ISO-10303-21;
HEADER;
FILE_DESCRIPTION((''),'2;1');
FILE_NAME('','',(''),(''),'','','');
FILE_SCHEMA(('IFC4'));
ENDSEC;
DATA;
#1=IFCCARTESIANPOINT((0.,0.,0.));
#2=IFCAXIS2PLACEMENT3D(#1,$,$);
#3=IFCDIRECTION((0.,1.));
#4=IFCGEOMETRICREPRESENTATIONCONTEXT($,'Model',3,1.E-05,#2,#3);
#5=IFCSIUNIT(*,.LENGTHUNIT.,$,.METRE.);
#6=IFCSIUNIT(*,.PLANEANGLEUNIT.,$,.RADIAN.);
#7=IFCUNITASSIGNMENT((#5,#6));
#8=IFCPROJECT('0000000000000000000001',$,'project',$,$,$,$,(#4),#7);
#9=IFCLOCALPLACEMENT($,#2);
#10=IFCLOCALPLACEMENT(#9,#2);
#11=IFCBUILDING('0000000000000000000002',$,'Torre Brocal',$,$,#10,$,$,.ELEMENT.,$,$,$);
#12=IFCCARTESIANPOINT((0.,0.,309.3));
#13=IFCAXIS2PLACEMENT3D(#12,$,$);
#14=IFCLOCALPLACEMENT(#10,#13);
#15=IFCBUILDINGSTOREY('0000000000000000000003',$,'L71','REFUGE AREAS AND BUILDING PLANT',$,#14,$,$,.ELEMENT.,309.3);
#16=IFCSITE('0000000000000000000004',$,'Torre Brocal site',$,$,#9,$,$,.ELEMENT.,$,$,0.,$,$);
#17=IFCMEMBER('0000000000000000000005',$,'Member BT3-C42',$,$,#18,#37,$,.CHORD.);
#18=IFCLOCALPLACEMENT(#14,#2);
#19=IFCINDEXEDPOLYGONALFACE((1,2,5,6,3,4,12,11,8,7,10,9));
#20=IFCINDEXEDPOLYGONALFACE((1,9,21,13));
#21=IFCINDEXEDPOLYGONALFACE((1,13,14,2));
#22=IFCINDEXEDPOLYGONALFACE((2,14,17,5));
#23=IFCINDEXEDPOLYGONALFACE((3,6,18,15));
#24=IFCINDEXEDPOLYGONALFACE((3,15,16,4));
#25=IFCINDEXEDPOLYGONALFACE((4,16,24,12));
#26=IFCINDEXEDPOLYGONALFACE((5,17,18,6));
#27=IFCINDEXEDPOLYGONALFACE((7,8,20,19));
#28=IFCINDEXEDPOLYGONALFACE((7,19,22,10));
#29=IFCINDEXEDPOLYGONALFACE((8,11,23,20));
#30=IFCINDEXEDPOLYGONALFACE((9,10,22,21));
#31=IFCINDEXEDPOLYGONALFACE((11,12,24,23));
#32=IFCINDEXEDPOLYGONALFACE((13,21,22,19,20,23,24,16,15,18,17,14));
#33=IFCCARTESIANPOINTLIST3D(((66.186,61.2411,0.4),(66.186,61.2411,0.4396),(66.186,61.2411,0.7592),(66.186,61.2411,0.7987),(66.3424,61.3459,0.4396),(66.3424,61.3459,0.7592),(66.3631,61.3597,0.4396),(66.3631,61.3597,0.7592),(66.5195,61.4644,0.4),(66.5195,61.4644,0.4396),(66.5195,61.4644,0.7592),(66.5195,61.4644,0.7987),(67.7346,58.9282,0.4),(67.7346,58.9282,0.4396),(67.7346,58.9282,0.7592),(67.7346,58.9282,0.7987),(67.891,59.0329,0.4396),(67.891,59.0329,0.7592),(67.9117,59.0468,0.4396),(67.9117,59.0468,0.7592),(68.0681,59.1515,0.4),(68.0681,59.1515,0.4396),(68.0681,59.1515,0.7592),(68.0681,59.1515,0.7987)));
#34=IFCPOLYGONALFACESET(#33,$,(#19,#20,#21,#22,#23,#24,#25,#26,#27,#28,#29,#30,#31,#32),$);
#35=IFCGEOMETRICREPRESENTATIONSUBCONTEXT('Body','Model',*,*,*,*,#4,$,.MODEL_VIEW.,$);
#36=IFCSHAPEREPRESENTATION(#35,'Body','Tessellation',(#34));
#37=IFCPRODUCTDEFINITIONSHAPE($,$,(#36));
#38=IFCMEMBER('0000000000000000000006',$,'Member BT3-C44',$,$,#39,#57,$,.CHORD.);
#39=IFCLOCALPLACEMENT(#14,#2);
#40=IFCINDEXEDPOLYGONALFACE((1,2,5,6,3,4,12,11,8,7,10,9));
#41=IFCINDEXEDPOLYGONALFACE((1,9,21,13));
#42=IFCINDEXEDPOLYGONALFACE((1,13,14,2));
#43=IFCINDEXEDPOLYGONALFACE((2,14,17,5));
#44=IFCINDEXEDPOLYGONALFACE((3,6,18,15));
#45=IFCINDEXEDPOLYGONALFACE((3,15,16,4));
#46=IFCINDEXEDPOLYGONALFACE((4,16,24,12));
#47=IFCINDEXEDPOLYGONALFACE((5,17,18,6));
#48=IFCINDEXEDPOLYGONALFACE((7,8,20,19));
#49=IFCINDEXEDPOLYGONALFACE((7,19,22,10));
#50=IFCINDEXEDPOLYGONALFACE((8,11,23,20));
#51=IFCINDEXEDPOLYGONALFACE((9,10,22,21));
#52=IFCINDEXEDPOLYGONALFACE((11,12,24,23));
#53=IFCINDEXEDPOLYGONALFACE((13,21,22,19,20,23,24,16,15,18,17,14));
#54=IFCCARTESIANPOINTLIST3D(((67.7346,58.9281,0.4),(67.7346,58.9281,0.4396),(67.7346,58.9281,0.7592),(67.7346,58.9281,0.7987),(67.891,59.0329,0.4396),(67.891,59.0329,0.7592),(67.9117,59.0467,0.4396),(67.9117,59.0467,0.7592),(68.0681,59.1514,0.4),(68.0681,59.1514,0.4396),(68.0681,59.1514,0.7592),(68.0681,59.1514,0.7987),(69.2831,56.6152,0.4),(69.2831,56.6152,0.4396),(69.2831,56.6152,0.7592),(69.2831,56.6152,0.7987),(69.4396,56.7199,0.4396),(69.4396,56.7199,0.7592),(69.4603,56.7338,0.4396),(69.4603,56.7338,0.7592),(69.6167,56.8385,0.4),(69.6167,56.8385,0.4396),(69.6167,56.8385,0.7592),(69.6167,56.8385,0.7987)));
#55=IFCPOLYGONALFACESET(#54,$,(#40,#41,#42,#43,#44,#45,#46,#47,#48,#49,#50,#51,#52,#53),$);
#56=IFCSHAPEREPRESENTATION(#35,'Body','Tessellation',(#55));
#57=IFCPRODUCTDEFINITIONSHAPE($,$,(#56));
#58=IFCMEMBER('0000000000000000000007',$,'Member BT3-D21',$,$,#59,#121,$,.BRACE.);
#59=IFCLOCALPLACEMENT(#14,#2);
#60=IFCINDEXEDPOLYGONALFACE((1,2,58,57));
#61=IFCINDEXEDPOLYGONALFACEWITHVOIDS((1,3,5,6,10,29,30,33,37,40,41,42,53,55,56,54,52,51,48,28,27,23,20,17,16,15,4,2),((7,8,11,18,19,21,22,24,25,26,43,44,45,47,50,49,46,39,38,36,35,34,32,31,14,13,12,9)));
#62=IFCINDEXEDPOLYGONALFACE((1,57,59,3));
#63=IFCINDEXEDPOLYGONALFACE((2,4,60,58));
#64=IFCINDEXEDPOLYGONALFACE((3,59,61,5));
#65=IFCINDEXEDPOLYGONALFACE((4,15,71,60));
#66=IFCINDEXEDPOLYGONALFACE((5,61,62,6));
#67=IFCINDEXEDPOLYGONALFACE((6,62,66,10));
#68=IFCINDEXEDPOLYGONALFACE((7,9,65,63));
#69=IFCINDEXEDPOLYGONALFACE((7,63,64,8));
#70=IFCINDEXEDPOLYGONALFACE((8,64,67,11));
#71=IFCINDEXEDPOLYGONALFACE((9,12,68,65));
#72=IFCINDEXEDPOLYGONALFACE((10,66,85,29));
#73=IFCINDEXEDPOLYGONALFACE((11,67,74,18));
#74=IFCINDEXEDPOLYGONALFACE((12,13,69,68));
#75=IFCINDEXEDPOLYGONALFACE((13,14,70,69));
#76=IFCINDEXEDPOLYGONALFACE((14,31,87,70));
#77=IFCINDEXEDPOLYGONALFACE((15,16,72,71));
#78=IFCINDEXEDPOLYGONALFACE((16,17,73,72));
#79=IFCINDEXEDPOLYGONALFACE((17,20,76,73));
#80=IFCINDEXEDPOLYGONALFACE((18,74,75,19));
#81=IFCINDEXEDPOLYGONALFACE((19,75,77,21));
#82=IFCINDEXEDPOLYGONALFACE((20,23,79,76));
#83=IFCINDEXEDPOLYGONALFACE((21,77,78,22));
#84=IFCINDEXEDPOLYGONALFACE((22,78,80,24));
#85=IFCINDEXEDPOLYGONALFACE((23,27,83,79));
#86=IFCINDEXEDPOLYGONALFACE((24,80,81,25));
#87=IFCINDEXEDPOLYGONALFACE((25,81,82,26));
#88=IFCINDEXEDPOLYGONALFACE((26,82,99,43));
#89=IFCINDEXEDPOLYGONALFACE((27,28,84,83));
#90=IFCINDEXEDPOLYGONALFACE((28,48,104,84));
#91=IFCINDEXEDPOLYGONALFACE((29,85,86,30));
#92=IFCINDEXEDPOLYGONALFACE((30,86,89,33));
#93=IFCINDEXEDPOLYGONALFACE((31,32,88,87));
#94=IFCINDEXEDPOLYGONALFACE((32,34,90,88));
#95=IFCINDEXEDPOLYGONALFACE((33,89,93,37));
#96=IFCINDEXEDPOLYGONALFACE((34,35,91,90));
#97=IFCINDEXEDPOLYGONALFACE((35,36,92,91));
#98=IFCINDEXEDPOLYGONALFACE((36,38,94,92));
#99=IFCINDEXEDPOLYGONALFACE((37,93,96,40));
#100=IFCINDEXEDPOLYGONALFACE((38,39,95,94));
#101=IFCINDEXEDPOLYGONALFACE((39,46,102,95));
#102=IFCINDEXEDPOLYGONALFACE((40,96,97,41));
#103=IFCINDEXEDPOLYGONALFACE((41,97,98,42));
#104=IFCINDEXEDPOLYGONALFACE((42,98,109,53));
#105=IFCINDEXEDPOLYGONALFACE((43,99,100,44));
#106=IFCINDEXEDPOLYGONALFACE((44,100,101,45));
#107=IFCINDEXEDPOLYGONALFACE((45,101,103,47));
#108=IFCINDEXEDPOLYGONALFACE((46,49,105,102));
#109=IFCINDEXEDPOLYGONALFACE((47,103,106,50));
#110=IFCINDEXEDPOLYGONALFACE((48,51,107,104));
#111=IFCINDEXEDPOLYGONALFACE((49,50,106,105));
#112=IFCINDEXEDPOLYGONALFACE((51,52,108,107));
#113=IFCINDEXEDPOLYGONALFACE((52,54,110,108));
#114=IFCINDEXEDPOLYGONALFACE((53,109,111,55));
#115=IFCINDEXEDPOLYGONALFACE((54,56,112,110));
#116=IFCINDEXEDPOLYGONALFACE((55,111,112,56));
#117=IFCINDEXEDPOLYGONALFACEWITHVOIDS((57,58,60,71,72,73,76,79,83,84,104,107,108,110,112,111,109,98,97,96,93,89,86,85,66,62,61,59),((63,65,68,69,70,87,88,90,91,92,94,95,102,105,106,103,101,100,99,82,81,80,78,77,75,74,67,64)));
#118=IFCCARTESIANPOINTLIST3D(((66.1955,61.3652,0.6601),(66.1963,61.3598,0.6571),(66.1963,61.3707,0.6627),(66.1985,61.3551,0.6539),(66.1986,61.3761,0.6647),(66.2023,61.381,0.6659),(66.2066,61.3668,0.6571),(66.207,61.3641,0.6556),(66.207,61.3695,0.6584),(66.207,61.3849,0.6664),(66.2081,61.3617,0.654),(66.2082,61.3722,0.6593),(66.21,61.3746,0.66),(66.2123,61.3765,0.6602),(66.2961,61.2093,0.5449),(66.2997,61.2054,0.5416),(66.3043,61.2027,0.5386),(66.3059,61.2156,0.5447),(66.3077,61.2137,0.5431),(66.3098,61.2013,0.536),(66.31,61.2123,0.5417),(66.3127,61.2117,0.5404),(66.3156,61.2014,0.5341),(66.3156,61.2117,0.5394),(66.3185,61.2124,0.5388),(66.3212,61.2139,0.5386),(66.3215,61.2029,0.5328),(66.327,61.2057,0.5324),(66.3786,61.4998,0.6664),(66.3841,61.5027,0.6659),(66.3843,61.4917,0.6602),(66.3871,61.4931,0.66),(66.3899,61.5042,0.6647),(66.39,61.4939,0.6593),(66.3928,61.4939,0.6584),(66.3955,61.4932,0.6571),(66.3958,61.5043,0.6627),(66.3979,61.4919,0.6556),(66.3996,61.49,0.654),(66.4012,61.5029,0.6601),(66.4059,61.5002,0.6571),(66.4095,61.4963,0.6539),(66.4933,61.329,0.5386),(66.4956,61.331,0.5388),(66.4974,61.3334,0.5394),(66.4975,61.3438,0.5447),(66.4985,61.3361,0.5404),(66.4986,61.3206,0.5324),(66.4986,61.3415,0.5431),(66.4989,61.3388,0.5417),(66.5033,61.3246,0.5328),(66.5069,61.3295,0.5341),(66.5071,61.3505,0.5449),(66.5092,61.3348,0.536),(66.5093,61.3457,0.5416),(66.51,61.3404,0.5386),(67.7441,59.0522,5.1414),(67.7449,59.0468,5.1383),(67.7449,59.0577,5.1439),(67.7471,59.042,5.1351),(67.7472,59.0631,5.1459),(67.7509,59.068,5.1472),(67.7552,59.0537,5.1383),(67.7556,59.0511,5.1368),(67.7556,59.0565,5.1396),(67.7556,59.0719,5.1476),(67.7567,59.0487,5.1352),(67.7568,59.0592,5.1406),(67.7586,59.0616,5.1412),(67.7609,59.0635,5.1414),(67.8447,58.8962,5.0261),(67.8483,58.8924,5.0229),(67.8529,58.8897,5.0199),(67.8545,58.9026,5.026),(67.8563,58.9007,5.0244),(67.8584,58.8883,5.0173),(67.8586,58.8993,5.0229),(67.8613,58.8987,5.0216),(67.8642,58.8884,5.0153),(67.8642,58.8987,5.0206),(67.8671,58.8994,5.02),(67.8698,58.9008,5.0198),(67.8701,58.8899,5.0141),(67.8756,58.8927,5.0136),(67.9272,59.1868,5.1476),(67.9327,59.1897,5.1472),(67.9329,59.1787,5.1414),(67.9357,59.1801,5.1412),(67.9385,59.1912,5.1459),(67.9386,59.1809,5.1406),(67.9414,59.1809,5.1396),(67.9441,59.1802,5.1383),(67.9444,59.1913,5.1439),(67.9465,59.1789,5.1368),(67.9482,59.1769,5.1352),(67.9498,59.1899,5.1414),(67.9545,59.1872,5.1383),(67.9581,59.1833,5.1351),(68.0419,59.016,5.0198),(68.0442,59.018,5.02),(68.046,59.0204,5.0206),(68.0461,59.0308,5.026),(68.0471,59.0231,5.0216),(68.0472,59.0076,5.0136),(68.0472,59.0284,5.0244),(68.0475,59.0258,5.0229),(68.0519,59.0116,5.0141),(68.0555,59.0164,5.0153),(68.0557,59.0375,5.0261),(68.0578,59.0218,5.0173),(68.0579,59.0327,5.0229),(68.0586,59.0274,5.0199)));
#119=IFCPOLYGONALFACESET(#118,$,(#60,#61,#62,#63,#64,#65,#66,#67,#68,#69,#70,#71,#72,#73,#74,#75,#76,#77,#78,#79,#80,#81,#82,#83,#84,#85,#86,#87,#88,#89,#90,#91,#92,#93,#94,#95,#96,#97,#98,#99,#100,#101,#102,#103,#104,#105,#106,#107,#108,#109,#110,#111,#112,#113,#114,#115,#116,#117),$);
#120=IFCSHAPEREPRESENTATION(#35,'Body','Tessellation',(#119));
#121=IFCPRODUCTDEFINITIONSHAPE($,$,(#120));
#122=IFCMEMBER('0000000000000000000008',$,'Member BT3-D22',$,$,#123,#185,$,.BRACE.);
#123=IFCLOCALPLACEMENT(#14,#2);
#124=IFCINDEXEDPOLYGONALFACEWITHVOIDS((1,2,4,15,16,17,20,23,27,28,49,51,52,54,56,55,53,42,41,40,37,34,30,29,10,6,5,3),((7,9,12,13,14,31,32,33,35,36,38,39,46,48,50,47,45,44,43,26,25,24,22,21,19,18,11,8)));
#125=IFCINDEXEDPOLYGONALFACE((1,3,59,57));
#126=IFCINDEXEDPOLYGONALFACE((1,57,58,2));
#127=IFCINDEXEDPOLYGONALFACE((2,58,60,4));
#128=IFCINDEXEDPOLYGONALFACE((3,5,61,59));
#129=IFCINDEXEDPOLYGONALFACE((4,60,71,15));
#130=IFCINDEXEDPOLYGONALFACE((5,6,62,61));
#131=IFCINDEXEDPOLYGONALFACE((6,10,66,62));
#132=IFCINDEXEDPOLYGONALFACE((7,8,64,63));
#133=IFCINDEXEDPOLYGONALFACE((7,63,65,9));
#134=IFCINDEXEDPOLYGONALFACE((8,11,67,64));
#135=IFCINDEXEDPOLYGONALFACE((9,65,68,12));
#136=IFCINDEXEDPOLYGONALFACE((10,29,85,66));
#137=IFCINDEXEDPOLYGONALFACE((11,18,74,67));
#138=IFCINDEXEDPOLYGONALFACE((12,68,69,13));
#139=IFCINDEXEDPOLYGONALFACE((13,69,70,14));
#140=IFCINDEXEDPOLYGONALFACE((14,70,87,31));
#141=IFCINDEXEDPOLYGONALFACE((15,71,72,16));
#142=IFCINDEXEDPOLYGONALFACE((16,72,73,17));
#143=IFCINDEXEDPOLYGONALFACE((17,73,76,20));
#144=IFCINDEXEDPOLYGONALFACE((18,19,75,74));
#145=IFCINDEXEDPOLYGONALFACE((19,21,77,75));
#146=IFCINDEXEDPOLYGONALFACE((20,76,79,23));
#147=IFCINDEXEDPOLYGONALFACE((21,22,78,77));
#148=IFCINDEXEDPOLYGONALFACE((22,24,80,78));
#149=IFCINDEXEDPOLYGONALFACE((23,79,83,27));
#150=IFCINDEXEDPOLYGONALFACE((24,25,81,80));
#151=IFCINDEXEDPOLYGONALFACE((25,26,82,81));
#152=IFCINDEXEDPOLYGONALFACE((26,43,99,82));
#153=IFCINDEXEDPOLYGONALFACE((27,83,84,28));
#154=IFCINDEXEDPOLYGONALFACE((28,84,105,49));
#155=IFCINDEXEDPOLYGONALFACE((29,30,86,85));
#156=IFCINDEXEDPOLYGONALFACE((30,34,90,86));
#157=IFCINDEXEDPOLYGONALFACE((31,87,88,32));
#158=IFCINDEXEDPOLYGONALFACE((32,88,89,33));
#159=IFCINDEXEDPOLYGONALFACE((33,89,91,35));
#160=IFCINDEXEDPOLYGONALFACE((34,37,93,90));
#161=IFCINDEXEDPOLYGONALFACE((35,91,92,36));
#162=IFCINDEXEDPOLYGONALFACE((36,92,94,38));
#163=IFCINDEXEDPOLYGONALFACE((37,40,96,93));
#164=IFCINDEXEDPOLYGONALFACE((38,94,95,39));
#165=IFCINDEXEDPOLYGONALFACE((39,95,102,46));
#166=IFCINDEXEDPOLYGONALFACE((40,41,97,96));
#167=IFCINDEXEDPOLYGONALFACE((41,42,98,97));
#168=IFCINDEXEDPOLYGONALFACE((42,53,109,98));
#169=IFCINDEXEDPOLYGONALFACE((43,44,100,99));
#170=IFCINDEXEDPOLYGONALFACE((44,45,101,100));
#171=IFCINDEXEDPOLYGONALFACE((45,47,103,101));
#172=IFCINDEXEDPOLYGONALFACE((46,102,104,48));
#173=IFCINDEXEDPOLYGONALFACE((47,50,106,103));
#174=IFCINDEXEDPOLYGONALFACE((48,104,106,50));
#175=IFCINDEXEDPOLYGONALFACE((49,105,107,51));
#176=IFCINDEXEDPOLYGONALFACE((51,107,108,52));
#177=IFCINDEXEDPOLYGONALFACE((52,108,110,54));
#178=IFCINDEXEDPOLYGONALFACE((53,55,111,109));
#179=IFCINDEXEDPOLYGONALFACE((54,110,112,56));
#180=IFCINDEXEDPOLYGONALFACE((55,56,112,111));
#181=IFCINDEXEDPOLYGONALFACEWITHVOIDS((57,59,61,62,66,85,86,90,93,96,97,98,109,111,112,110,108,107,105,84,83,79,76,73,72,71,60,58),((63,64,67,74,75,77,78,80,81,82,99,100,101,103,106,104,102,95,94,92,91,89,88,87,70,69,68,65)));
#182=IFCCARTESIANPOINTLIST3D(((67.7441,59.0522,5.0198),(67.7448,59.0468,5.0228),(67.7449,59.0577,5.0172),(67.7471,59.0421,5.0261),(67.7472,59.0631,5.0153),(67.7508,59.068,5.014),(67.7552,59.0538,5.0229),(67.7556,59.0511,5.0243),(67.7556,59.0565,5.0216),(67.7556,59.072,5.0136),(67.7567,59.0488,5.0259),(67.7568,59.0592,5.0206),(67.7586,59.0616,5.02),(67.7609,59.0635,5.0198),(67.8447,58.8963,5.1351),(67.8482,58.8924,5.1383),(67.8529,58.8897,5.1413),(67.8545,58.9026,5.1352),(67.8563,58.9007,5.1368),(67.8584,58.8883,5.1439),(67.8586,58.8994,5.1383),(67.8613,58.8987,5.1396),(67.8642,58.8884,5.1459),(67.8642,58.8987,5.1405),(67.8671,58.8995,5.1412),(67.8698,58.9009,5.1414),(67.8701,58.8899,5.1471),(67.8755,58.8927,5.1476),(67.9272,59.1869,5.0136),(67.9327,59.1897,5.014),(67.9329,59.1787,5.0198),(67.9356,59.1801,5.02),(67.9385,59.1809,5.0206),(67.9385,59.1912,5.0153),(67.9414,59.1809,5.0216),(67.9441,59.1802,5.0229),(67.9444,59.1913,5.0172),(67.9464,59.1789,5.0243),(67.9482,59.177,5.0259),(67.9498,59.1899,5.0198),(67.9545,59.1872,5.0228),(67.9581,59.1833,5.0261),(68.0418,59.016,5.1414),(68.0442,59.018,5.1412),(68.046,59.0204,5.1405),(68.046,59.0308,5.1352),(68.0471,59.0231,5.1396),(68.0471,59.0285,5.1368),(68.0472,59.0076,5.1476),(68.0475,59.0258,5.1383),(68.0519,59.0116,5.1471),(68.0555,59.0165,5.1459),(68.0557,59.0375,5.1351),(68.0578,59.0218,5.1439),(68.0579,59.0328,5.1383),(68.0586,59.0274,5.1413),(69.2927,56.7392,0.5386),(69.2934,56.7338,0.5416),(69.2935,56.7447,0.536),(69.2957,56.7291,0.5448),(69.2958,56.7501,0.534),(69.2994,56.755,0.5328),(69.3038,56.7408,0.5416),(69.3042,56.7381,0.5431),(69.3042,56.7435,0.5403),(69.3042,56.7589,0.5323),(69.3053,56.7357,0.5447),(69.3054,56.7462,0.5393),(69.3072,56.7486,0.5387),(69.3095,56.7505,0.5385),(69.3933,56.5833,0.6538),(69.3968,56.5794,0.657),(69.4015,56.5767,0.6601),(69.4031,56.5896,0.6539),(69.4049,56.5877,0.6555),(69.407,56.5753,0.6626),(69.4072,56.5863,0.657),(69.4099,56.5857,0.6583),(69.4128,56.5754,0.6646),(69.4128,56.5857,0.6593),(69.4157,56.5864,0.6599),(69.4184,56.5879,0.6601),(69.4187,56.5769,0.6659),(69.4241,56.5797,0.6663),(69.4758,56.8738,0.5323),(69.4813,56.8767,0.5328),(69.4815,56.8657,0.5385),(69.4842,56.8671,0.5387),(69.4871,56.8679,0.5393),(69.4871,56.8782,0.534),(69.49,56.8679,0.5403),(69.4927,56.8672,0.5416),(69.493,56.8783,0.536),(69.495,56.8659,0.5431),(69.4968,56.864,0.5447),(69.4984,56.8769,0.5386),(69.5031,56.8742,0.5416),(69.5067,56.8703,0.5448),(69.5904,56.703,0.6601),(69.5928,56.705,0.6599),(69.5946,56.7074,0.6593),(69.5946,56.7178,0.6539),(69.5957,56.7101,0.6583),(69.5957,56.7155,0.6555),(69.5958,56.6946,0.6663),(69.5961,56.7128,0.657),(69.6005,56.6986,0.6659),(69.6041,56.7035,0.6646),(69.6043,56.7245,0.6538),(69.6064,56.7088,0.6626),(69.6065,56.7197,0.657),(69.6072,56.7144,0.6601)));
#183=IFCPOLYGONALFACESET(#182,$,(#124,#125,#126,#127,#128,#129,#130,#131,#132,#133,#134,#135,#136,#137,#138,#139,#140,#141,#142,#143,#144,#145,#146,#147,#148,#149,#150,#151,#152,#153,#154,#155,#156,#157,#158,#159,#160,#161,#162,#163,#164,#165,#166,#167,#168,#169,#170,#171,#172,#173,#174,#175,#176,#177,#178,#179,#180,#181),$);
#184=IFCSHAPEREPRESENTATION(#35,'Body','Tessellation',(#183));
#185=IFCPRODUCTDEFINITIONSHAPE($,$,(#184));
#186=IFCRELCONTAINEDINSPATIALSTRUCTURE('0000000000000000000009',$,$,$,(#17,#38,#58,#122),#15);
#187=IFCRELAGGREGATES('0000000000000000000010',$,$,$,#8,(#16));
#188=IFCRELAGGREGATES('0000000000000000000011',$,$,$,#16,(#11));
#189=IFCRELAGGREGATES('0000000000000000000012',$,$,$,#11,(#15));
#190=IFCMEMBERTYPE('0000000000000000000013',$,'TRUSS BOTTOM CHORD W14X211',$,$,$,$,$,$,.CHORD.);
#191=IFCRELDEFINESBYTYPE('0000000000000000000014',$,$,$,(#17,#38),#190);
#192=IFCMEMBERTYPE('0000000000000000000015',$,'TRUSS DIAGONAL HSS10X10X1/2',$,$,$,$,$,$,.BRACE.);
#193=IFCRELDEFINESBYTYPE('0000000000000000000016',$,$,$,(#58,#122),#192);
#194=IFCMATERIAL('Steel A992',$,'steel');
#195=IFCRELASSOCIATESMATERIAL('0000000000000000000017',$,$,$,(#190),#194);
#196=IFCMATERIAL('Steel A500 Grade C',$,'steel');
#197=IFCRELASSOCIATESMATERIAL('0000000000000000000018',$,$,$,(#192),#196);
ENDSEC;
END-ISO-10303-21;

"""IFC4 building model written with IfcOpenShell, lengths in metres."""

from ifc_helpers import new_model, si_unit, direction, frame, origin, origin_2d, place, context, subcontext, project, spatial, hollow_rectangle, i_section, extrude, material, material_profile, profile_set, type_object, element, save


model = new_model("IFC4")

# Units and contexts
model_context = context("Model", 3, precision=1e-05, world=origin(), true_north=direction((0.0, 1.0)))
body_context = subcontext(model_context, "Body", "Model", "MODEL_VIEW")
ifc_project = project(units=[si_unit("LENGTHUNIT", "METRE"), si_unit("PLANEANGLEUNIT", "RADIAN")], contexts=[model_context])

# Site, building, storey
site_placement = place(None, origin())
site = spatial("IfcSite", under=ifc_project, at=site_placement, Name="Torre Brocal site", CompositionType="ELEMENT", RefElevation=0.0)
building_placement = place(site_placement, origin())
building = spatial("IfcBuilding", under=site, at=building_placement, Name="Torre Brocal", CompositionType="ELEMENT")
storey_placement = place(building_placement, frame((0.0, 0.0, 309.3)))
storey = spatial("IfcBuildingStorey", under=building, at=storey_placement, Name="L71", Description="REFUGE AREAS AND BUILDING PLANT", CompositionType="ELEMENT", Elevation=309.3)

# Members
ifc_material_1 = material(Name="Steel A992", Category="steel")
ifc_material_profile_1 = material_profile(ifc_material_1, i_section(OverallWidth=0.4014, OverallDepth=0.3987, WebThickness=0.0249, FlangeThickness=0.0396, at=origin_2d()), Name="W14X211")
ifc_profile_set_1 = profile_set([ifc_material_profile_1], Name="Steel A992")
member_type_1 = type_object("IfcMemberType", Name="TRUSS BOTTOM CHORD W14X211", PredefinedType="CHORD", material=ifc_profile_set_1)
for number, where, z_axis, x_axis, name in (
    (1, (66.3528, 61.3528, 0.5994), (0.556339, -0.830956, 0.0), (0.830956, 0.556339, 0.0), "Member BT3-C42"),
    (2, (67.9014, 59.0398, 0.5994), (0.556339, -0.830956, 0.0), (0.830956, 0.556339, 0.0), "Member BT3-C44"),
):
    element("IfcMember", number, at=place(storey_placement, frame(where, z_axis=z_axis, x_axis=x_axis)), inside=storey, type_object=member_type_1, Name=name, PredefinedType="CHORD", context=body_context, shape_type="SweptSolid", body=[
        extrude(i_section(OverallWidth=0.4014, OverallDepth=0.3987, WebThickness=0.0249, FlangeThickness=0.0396, at=origin_2d()), origin(), (0.0, 0.0, 1.0), 2.7834),
    ])
ifc_material_2 = material(Name="Steel A500 Grade C", Category="steel")
ifc_material_profile_2 = material_profile(ifc_material_2, hollow_rectangle(XDim=0.2539, YDim=0.2539, WallThickness=0.0117, InnerFilletRadius=0.0117, OuterFilletRadius=0.0237, at=origin_2d()), Name="HSS10X10X1/2")
ifc_profile_set_2 = profile_set([ifc_material_profile_2], Name="Steel A500 Grade C")
member_type_2 = type_object("IfcMemberType", Name="TRUSS DIAGONAL HSS10X10X1/2", PredefinedType="BRACE", material=ifc_profile_set_2)
for number, where, z_axis, x_axis, name in (
    (3, (66.3528, 61.3528, 0.5994), (0.293552, -0.438453, 0.849462), (0.830956, 0.556339, 0.0), "Member BT3-D21"),
    (4, (67.9014, 59.0398, 5.0806), (0.293552, -0.438453, -0.849462), (0.830956, 0.556339, 0.0), "Member BT3-D22"),
):
    element("IfcMember", number, at=place(storey_placement, frame(where, z_axis=z_axis, x_axis=x_axis)), inside=storey, type_object=member_type_2, Name=name, PredefinedType="BRACE", context=body_context, shape_type="SweptSolid", body=[
        extrude(hollow_rectangle(XDim=0.2539, YDim=0.2539, WallThickness=0.0117, InnerFilletRadius=0.0117, OuterFilletRadius=0.0237, at=origin_2d()), origin(), (0.0, 0.0, 1.0), 5.2754),
    ])

save(model, "model.ifc")
